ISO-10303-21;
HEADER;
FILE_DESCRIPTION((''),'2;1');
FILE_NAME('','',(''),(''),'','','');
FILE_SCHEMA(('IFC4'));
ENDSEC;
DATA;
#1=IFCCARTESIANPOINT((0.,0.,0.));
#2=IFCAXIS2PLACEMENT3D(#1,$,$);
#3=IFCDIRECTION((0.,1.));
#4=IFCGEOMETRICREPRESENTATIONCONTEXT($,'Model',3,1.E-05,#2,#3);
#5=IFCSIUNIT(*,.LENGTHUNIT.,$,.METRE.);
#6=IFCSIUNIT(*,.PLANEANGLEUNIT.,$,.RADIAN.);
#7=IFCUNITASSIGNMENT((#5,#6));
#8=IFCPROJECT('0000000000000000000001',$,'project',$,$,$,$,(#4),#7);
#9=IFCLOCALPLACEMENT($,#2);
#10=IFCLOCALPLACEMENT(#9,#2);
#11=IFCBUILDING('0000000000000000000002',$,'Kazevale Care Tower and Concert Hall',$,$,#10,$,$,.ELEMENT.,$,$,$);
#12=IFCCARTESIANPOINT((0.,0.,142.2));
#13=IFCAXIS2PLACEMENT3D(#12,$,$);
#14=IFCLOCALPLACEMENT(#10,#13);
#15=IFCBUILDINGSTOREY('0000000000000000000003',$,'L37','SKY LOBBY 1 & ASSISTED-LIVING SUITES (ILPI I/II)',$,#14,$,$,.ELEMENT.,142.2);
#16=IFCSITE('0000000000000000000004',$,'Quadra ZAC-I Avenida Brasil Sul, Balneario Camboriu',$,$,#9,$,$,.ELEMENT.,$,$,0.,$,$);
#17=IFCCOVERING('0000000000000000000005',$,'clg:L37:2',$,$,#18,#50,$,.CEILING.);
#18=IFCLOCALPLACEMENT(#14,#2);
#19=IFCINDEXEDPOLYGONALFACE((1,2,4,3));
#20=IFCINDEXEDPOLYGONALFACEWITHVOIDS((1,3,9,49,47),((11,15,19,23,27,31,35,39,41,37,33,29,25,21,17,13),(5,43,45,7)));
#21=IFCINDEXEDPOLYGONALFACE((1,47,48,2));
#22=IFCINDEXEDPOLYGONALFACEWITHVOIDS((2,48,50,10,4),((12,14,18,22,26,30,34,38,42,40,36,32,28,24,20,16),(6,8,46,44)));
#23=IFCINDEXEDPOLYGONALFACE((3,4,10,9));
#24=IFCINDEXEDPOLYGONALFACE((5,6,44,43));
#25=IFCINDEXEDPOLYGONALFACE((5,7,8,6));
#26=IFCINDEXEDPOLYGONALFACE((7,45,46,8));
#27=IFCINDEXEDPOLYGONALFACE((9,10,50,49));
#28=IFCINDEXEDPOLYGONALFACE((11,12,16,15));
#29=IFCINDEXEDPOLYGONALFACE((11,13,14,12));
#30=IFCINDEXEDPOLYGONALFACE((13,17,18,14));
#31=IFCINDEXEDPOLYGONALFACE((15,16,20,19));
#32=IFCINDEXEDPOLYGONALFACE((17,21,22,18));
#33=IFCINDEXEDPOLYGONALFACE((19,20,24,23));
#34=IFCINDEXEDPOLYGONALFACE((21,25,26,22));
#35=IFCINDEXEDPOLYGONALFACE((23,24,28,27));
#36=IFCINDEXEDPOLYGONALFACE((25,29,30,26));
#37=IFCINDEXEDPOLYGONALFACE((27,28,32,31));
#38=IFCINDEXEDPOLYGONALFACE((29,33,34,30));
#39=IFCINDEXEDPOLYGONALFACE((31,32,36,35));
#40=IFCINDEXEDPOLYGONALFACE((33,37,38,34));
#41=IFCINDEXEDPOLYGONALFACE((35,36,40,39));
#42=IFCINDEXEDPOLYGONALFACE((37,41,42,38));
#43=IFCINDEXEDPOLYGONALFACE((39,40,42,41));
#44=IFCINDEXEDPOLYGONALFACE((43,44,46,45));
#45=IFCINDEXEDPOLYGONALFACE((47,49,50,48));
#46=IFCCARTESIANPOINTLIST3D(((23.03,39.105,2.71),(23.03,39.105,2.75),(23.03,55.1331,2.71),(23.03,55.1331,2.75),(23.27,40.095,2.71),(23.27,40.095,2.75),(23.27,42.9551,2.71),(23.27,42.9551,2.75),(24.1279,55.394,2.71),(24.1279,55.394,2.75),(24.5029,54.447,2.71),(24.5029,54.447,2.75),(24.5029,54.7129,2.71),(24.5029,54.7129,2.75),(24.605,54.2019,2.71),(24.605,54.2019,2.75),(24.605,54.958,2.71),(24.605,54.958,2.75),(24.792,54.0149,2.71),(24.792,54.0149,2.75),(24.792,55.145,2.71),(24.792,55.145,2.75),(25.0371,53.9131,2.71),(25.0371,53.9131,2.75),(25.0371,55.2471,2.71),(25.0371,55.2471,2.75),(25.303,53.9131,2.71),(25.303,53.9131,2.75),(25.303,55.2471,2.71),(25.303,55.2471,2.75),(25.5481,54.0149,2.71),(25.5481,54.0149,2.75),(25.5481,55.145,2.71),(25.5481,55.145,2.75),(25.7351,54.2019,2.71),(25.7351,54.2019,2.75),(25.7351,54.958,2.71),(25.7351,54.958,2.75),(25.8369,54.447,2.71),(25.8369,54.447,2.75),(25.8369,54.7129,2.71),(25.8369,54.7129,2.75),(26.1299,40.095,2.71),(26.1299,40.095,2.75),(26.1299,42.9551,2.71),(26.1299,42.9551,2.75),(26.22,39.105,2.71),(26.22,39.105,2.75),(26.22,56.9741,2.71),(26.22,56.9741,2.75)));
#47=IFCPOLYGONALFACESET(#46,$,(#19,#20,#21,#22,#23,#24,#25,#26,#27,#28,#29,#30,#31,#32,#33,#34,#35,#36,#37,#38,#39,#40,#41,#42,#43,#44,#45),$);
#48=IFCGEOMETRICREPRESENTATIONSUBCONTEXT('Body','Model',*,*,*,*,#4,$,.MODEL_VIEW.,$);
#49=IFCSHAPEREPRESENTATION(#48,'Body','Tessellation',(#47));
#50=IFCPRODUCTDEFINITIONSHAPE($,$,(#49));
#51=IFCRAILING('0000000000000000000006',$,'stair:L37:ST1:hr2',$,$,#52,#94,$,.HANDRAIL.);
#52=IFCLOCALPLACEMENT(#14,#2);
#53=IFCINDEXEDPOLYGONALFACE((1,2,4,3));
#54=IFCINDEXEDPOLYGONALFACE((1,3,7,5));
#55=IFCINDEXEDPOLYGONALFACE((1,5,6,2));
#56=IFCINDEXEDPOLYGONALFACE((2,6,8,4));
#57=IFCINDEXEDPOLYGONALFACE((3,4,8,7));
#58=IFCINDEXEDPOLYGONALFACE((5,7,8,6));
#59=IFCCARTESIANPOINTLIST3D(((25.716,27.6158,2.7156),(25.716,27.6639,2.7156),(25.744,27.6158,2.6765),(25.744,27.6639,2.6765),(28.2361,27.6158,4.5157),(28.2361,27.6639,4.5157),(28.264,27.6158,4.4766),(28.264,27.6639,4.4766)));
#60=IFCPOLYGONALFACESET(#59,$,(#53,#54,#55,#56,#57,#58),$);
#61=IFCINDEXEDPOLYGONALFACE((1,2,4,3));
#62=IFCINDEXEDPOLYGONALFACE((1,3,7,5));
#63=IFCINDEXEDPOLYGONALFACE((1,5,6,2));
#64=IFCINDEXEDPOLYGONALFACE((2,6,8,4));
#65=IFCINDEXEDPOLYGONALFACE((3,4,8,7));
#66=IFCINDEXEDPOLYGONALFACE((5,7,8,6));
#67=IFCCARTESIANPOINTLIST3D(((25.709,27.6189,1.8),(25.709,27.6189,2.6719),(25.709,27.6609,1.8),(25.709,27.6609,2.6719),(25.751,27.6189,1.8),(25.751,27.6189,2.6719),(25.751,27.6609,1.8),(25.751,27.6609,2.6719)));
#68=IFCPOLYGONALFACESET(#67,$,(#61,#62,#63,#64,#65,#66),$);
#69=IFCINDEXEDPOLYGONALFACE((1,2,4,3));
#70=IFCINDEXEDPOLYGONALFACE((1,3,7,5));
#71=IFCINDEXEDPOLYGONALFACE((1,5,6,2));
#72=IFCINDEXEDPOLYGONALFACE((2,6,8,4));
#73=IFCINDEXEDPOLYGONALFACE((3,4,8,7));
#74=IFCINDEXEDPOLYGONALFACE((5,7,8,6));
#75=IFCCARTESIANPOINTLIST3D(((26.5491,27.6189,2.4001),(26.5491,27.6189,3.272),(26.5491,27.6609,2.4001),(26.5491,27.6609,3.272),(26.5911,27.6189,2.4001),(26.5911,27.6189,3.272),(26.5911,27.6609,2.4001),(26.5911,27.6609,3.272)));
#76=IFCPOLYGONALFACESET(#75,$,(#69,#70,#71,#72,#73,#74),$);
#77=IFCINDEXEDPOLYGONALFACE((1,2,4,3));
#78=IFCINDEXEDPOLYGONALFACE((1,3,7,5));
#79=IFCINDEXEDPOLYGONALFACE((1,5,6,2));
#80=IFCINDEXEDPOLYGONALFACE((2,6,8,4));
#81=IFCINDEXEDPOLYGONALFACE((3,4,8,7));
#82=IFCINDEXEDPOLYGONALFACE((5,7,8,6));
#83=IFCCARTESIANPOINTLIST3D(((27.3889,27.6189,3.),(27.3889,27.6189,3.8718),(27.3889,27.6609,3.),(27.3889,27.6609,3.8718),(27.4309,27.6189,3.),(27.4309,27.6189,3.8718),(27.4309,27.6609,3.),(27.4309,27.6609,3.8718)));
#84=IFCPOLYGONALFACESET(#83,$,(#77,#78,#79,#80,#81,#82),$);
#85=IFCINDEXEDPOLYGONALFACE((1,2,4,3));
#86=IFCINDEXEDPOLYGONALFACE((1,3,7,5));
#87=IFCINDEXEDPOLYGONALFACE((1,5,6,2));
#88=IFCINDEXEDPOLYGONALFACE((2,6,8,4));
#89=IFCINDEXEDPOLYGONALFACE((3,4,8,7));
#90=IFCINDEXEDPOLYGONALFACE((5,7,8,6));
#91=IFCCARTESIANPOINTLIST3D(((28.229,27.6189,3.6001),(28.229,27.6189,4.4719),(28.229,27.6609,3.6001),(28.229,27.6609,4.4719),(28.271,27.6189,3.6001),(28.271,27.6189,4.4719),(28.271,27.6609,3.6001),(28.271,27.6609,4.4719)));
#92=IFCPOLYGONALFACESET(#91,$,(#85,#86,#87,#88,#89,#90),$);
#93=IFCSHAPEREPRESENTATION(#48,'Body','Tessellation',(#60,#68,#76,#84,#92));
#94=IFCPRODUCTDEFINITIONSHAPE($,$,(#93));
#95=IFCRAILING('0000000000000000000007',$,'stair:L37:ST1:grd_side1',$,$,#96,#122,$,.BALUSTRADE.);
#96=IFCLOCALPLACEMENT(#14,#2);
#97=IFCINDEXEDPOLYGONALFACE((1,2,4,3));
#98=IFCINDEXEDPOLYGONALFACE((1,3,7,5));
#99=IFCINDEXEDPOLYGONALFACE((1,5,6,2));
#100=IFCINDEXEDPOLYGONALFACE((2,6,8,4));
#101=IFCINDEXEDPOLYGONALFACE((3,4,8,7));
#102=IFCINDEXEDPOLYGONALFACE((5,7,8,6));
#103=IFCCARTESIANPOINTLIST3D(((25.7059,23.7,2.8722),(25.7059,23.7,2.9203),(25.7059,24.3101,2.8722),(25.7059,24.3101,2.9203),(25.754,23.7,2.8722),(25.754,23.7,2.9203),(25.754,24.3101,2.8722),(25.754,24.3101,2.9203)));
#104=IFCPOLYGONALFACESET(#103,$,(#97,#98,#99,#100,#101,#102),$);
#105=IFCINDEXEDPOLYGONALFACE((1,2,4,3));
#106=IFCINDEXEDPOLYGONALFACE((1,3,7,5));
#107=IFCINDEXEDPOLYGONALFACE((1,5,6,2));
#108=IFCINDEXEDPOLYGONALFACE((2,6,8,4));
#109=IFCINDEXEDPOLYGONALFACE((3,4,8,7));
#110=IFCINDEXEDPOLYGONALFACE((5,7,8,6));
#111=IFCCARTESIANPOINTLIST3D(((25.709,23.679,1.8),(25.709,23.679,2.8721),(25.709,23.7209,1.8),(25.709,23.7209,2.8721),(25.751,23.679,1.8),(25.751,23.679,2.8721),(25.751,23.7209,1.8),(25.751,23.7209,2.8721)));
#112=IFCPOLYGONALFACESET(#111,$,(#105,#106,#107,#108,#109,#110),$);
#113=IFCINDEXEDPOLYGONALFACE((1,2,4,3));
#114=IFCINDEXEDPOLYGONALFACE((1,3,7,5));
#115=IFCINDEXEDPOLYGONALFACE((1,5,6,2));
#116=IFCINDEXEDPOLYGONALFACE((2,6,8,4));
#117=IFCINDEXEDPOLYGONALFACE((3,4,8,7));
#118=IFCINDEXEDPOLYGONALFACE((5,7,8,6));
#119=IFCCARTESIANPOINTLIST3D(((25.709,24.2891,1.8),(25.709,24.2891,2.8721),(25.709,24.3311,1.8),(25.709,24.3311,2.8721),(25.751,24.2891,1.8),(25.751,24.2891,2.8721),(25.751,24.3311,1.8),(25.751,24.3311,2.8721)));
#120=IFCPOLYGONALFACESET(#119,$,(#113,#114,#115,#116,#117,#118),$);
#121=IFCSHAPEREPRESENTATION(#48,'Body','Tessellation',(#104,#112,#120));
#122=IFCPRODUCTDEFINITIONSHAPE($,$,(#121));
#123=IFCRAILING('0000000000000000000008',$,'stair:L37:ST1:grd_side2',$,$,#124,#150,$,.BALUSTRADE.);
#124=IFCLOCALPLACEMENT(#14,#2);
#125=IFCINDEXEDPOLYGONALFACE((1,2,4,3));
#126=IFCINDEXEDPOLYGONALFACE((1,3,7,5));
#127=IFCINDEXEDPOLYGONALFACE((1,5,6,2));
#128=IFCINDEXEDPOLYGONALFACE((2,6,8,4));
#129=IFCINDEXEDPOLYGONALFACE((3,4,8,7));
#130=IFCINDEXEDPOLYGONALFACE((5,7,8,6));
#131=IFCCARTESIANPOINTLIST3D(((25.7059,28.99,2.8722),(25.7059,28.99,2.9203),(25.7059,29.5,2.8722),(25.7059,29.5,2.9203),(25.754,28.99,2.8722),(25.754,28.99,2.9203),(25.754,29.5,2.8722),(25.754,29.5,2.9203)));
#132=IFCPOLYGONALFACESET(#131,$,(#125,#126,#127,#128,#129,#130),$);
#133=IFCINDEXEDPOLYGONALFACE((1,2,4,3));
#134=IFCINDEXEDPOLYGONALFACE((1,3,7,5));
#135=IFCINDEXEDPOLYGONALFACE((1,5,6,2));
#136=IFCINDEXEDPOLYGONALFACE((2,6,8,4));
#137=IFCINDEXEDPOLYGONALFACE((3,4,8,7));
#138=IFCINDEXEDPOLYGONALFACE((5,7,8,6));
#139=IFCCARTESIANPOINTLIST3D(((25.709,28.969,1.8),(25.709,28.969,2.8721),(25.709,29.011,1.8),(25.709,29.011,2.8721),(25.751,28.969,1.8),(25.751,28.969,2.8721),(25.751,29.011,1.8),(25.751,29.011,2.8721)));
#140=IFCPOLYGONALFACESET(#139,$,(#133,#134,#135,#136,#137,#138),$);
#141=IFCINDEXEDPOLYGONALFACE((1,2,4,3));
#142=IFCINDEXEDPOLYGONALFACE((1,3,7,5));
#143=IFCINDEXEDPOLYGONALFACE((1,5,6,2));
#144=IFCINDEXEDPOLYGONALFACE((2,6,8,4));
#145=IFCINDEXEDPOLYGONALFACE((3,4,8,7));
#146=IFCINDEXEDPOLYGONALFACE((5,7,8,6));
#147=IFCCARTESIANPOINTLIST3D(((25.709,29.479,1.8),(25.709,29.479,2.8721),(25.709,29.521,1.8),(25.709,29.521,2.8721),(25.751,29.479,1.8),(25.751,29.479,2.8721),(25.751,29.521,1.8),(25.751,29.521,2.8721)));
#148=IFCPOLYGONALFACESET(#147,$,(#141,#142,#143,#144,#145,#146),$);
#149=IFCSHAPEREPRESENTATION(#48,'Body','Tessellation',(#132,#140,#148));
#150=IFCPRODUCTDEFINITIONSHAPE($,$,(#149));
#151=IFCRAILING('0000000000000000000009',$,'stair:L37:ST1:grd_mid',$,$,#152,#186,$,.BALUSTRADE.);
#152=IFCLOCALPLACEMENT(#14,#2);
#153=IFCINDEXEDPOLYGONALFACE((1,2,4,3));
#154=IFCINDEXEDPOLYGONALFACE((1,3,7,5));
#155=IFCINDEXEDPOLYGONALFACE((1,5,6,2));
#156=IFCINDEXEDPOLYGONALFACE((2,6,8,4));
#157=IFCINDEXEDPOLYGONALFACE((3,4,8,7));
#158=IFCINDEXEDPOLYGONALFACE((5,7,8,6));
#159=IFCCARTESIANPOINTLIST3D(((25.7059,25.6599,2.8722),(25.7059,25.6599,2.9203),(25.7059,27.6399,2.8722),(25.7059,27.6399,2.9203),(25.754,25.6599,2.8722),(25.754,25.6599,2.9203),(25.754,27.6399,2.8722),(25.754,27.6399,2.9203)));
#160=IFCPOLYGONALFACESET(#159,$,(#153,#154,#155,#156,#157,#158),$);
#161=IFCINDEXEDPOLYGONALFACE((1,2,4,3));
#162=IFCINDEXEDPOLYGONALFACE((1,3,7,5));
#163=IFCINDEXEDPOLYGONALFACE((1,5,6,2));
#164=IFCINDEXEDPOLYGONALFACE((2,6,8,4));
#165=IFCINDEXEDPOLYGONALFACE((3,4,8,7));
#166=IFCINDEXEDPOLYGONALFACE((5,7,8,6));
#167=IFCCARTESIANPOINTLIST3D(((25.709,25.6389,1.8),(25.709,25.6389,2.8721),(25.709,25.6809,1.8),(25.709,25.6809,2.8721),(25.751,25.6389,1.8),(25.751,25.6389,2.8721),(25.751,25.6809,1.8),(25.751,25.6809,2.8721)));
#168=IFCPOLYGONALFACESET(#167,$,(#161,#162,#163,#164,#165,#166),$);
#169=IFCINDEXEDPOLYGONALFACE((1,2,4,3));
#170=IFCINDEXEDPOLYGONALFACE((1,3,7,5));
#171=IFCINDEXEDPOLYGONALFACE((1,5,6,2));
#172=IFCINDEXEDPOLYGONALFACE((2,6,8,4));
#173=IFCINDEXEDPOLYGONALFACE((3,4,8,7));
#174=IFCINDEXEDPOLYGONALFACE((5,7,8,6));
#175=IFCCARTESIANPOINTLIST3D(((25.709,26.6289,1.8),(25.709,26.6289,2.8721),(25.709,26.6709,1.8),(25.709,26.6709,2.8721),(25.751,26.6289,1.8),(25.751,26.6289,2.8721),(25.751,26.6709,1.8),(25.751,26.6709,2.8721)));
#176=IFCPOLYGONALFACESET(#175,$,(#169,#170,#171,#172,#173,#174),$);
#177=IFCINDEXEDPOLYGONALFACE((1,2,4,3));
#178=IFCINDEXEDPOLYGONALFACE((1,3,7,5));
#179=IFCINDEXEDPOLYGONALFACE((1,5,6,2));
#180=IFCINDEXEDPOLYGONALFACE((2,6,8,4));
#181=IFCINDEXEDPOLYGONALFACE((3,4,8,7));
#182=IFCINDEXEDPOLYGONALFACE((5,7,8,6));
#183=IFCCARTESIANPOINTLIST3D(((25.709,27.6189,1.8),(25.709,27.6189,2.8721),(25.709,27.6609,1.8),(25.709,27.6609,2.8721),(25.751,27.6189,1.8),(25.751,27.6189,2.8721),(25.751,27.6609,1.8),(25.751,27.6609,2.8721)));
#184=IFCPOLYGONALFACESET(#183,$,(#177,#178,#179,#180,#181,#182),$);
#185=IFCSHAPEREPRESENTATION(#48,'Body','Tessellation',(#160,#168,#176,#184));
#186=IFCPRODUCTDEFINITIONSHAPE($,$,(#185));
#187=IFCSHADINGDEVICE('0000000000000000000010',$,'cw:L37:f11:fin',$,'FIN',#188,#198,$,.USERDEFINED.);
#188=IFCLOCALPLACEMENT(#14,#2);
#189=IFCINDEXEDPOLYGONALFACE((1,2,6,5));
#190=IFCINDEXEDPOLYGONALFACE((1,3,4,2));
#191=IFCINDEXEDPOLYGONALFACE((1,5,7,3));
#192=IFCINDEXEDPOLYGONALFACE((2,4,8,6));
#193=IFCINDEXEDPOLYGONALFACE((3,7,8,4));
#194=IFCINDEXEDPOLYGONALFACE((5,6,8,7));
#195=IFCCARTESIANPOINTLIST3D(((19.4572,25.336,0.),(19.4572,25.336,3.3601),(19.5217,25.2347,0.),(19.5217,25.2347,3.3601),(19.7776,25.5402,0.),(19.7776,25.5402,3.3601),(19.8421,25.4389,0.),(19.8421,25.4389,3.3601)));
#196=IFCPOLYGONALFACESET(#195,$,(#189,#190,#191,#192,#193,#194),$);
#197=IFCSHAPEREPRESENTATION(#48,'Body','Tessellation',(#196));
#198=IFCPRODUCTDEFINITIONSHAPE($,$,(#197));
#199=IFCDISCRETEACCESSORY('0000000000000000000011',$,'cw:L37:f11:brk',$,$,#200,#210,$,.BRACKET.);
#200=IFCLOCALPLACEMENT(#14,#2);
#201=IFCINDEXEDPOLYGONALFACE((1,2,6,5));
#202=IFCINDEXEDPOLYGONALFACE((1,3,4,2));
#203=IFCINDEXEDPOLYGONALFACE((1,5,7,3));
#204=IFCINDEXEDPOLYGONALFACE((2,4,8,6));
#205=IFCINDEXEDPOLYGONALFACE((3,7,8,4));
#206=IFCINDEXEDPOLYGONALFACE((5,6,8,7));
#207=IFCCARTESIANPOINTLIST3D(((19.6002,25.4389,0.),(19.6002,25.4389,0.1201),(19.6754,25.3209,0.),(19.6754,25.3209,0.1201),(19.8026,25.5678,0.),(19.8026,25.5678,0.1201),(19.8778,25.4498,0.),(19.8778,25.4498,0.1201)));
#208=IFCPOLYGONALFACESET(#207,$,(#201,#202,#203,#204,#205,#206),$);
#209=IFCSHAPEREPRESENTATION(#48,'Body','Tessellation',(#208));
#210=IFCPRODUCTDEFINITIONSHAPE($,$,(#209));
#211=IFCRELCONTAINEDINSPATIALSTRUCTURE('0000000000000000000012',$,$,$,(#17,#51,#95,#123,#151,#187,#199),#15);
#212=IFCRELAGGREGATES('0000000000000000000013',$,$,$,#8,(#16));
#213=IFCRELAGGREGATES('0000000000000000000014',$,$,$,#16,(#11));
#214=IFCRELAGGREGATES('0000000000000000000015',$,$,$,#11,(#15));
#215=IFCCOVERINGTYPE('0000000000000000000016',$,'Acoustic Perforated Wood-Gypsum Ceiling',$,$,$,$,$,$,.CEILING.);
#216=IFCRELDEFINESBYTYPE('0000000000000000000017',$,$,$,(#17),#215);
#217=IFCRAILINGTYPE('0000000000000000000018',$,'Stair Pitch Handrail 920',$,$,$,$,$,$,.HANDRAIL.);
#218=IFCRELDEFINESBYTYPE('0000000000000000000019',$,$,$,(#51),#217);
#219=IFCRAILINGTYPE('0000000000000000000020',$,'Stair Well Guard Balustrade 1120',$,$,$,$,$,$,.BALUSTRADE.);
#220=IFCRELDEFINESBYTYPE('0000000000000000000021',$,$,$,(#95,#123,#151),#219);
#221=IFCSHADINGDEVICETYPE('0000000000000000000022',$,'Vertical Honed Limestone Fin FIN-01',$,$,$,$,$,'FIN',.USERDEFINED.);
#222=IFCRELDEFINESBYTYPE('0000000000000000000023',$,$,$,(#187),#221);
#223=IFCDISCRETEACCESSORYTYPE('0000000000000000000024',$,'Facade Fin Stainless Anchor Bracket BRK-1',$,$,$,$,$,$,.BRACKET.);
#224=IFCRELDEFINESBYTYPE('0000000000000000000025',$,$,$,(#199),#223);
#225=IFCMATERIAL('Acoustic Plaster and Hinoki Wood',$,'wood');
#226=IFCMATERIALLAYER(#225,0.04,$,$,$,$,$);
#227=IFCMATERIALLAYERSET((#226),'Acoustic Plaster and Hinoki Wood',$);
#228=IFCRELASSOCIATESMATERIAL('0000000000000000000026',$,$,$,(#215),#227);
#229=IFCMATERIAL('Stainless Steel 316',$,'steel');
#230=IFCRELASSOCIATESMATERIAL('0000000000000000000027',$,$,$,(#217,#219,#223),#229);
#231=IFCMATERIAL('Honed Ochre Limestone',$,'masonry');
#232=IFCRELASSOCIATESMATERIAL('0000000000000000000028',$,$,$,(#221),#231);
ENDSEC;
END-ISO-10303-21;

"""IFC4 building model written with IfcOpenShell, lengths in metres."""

from ifc_helpers import new_model, si_unit, direction, frame, origin, origin_2d, place, context, subcontext, project, spatial, polyline, rectangle, outline, extrude, material, layer, layer_set, type_object, element, save


model = new_model("IFC4")

# Units and contexts
model_context = context("Model", 3, precision=1e-05, world=origin(), true_north=direction((0.0, 1.0)))
body_context = subcontext(model_context, "Body", "Model", "MODEL_VIEW")
ifc_project = project(units=[si_unit("LENGTHUNIT", "METRE"), si_unit("PLANEANGLEUNIT", "RADIAN")], contexts=[model_context])

# Site, building, storey
site_placement = place(None, origin())
site = spatial("IfcSite", under=ifc_project, at=site_placement, Name="Quadra ZAC-I Avenida Brasil Sul, Balneario Camboriu", CompositionType="ELEMENT", RefElevation=0.0)
building_placement = place(site_placement, origin())
building = spatial("IfcBuilding", under=site, at=building_placement, Name="Kazevale Care Tower and Concert Hall", CompositionType="ELEMENT")
storey_placement = place(building_placement, frame((0.0, 0.0, 142.2)))
storey = spatial("IfcBuildingStorey", under=building, at=storey_placement, Name="L37", Description="SKY LOBBY 1 & ASSISTED-LIVING SUITES (ILPI I/II)", CompositionType="ELEMENT", Elevation=142.2)

# Covering
ifc_material_1 = material(Name="Acoustic Plaster and Hinoki Wood", Category="wood")
ifc_layer_1 = layer(ifc_material_1, 0.04)
ifc_layer_set_1 = layer_set([ifc_layer_1], Name="Acoustic Plaster and Hinoki Wood")
covering_type = type_object("IfcCoveringType", Name="Acoustic Perforated Wood-Gypsum Ceiling", PredefinedType="CEILING", material=ifc_layer_set_1)
covering_1_placement = place(storey_placement, frame((0.0, 0.0, 2.71)))
element("IfcCovering", 1, at=covering_1_placement, inside=storey, type_object=covering_type, Name="clg:L37:2", PredefinedType="CEILING", context=body_context, shape_type="SweptSolid", body=[
    extrude(outline(polyline([(23.03, 55.1331), (24.1279, 55.394), (26.22, 56.9741), (26.22, 39.105), (23.03, 39.105), (23.03, 55.1331)]), holes=[polyline([(23.27, 42.9551), (23.27, 40.095), (26.1299, 40.095), (26.1299, 42.9551), (23.27, 42.9551)]), polyline([(25.8369, 54.7129), (25.7351, 54.958), (25.5481, 55.145), (25.303, 55.2471), (25.0371, 55.2471), (24.792, 55.145), (24.605, 54.958), (24.5029, 54.7129), (24.5029, 54.447), (24.605, 54.2019), (24.792, 54.0149), (25.0371, 53.9131), (25.303, 53.9131), (25.5481, 54.0149), (25.7351, 54.2019), (25.8369, 54.447), (25.8369, 54.7129)])]), origin(), (0.0, 0.0, 1.0), 0.04),
])

# Railings
ifc_material_2 = material(Name="Stainless Steel 316", Category="steel")
railing_type_1 = type_object("IfcRailingType", Name="Stair Pitch Handrail 920", PredefinedType="HANDRAIL", material=ifc_material_2)
railing_1_placement = place(storey_placement, frame((25.73, 27.6399, 1.8)))
element("IfcRailing", 2, at=railing_1_placement, inside=storey, type_object=railing_type_1, Name="stair:L37:ST1:hr2", PredefinedType="HANDRAIL", context=body_context, shape_type="SweptSolid", body=[
    extrude(rectangle(XDim=0.0481, YDim=0.0481, at=origin_2d()), frame((0.0, 0.0, 0.896), z_axis=(0.813728, 0.0, 0.581246), x_axis=(0.0, 1.0, 0.0)), (0.0, 0.0, 1.0), 3.0969),
    extrude(rectangle(XDim=0.042, YDim=0.042, at=origin_2d()), origin(), (0.0, 0.0, 1.0), 0.8718),
    extrude(rectangle(XDim=0.042, YDim=0.042, at=origin_2d()), frame((0.8401, 0.0, 0.6001)), (0.0, 0.0, 1.0), 0.8718),
    extrude(rectangle(XDim=0.042, YDim=0.042, at=origin_2d()), frame((1.6799, 0.0, 1.2)), (0.0, 0.0, 1.0), 0.8718),
    extrude(rectangle(XDim=0.042, YDim=0.042, at=origin_2d()), frame((2.52, 0.0, 1.8)), (0.0, 0.0, 1.0), 0.8718),
])
railing_type_2 = type_object("IfcRailingType", Name="Stair Well Guard Balustrade 1120", PredefinedType="BALUSTRADE", material=ifc_material_2)
railing_2_placement = place(storey_placement, frame((25.73, 23.7, 1.8)))
element("IfcRailing", 3, at=railing_2_placement, inside=storey, type_object=railing_type_2, Name="stair:L37:ST1:grd_side1", PredefinedType="BALUSTRADE", context=body_context, shape_type="SweptSolid", body=[
    extrude(rectangle(XDim=0.0481, YDim=0.0481, at=origin_2d()), frame((0.0, 0.0, 1.0962), z_axis=(0.0, 1.0, 0.0), x_axis=(-1.0, 0.0, 0.0)), (0.0, 0.0, 1.0), 0.6101),
    extrude(rectangle(XDim=0.042, YDim=0.042, at=origin_2d()), origin(), (0.0, 0.0, 1.0), 1.072),
    extrude(rectangle(XDim=0.042, YDim=0.042, at=origin_2d()), frame((0.0, 0.6101, 0.0)), (0.0, 0.0, 1.0), 1.072),
])
railing_3_placement = place(storey_placement, frame((25.73, 28.99, 1.8)))
element("IfcRailing", 4, at=railing_3_placement, inside=storey, type_object=railing_type_2, Name="stair:L37:ST1:grd_side2", PredefinedType="BALUSTRADE", context=body_context, shape_type="SweptSolid", body=[
    extrude(rectangle(XDim=0.0481, YDim=0.0481, at=origin_2d()), frame((0.0, 0.0, 1.0962), z_axis=(0.0, 1.0, 0.0), x_axis=(-1.0, 0.0, 0.0)), (0.0, 0.0, 1.0), 0.51),
    extrude(rectangle(XDim=0.042, YDim=0.042, at=origin_2d()), origin(), (0.0, 0.0, 1.0), 1.072),
    extrude(rectangle(XDim=0.042, YDim=0.042, at=origin_2d()), frame((0.0, 0.51, 0.0)), (0.0, 0.0, 1.0), 1.072),
])
railing_4_placement = place(storey_placement, frame((25.73, 25.6599, 1.8)))
element("IfcRailing", 5, at=railing_4_placement, inside=storey, type_object=railing_type_2, Name="stair:L37:ST1:grd_mid", PredefinedType="BALUSTRADE", context=body_context, shape_type="SweptSolid", body=[
    extrude(rectangle(XDim=0.0481, YDim=0.0481, at=origin_2d()), frame((0.0, 0.0, 1.0962), z_axis=(0.0, 1.0, 0.0), x_axis=(-1.0, 0.0, 0.0)), (0.0, 0.0, 1.0), 1.98),
    extrude(rectangle(XDim=0.042, YDim=0.042, at=origin_2d()), origin(), (0.0, 0.0, 1.0), 1.072),
    extrude(rectangle(XDim=0.042, YDim=0.042, at=origin_2d()), frame((0.0, 0.99, 0.0)), (0.0, 0.0, 1.0), 1.072),
    extrude(rectangle(XDim=0.042, YDim=0.042, at=origin_2d()), frame((0.0, 1.98, 0.0)), (0.0, 0.0, 1.0), 1.072),
])

# Shading device
ifc_material_3 = material(Name="Honed Ochre Limestone", Category="masonry")
shading_device_type = type_object("IfcShadingDeviceType", Name="Vertical Honed Limestone Fin FIN-01", ElementType="FIN", PredefinedType="USERDEFINED", material=ifc_material_3)
shading_device_placement = place(storey_placement, frame((19.6497, 25.3875, 0.0), z_axis=(0.0, 0.0, 1.0), x_axis=(-0.843391, -0.5373, 0.0)))
element("IfcShadingDevice", 6, at=shading_device_placement, inside=storey, type_object=shading_device_type, Name="cw:L37:f11:fin", ObjectType="FIN", PredefinedType="USERDEFINED", context=body_context, shape_type="SweptSolid", body=[
    extrude(rectangle(XDim=0.3799, YDim=0.1201, at=origin_2d()), origin(), (0.0, 0.0, 1.0), 3.3601),
])

# Discrete accessory
discrete_accessory_type = type_object("IfcDiscreteAccessoryType", Name="Facade Fin Stainless Anchor Bracket BRK-1", PredefinedType="BRACKET", material=ifc_material_2)
discrete_accessory_placement = place(storey_placement, frame((19.739, 25.4443, 0.0), z_axis=(0.0, 0.0, 1.0), x_axis=(-0.843391, -0.5373, 0.0)))
element("IfcDiscreteAccessory", 7, at=discrete_accessory_placement, inside=storey, type_object=discrete_accessory_type, Name="cw:L37:f11:brk", PredefinedType="BRACKET", context=body_context, shape_type="SweptSolid", body=[
    extrude(rectangle(XDim=0.24, YDim=0.1399, at=origin_2d()), origin(), (0.0, 0.0, 1.0), 0.1201),
])

save(model, "model.ifc")
